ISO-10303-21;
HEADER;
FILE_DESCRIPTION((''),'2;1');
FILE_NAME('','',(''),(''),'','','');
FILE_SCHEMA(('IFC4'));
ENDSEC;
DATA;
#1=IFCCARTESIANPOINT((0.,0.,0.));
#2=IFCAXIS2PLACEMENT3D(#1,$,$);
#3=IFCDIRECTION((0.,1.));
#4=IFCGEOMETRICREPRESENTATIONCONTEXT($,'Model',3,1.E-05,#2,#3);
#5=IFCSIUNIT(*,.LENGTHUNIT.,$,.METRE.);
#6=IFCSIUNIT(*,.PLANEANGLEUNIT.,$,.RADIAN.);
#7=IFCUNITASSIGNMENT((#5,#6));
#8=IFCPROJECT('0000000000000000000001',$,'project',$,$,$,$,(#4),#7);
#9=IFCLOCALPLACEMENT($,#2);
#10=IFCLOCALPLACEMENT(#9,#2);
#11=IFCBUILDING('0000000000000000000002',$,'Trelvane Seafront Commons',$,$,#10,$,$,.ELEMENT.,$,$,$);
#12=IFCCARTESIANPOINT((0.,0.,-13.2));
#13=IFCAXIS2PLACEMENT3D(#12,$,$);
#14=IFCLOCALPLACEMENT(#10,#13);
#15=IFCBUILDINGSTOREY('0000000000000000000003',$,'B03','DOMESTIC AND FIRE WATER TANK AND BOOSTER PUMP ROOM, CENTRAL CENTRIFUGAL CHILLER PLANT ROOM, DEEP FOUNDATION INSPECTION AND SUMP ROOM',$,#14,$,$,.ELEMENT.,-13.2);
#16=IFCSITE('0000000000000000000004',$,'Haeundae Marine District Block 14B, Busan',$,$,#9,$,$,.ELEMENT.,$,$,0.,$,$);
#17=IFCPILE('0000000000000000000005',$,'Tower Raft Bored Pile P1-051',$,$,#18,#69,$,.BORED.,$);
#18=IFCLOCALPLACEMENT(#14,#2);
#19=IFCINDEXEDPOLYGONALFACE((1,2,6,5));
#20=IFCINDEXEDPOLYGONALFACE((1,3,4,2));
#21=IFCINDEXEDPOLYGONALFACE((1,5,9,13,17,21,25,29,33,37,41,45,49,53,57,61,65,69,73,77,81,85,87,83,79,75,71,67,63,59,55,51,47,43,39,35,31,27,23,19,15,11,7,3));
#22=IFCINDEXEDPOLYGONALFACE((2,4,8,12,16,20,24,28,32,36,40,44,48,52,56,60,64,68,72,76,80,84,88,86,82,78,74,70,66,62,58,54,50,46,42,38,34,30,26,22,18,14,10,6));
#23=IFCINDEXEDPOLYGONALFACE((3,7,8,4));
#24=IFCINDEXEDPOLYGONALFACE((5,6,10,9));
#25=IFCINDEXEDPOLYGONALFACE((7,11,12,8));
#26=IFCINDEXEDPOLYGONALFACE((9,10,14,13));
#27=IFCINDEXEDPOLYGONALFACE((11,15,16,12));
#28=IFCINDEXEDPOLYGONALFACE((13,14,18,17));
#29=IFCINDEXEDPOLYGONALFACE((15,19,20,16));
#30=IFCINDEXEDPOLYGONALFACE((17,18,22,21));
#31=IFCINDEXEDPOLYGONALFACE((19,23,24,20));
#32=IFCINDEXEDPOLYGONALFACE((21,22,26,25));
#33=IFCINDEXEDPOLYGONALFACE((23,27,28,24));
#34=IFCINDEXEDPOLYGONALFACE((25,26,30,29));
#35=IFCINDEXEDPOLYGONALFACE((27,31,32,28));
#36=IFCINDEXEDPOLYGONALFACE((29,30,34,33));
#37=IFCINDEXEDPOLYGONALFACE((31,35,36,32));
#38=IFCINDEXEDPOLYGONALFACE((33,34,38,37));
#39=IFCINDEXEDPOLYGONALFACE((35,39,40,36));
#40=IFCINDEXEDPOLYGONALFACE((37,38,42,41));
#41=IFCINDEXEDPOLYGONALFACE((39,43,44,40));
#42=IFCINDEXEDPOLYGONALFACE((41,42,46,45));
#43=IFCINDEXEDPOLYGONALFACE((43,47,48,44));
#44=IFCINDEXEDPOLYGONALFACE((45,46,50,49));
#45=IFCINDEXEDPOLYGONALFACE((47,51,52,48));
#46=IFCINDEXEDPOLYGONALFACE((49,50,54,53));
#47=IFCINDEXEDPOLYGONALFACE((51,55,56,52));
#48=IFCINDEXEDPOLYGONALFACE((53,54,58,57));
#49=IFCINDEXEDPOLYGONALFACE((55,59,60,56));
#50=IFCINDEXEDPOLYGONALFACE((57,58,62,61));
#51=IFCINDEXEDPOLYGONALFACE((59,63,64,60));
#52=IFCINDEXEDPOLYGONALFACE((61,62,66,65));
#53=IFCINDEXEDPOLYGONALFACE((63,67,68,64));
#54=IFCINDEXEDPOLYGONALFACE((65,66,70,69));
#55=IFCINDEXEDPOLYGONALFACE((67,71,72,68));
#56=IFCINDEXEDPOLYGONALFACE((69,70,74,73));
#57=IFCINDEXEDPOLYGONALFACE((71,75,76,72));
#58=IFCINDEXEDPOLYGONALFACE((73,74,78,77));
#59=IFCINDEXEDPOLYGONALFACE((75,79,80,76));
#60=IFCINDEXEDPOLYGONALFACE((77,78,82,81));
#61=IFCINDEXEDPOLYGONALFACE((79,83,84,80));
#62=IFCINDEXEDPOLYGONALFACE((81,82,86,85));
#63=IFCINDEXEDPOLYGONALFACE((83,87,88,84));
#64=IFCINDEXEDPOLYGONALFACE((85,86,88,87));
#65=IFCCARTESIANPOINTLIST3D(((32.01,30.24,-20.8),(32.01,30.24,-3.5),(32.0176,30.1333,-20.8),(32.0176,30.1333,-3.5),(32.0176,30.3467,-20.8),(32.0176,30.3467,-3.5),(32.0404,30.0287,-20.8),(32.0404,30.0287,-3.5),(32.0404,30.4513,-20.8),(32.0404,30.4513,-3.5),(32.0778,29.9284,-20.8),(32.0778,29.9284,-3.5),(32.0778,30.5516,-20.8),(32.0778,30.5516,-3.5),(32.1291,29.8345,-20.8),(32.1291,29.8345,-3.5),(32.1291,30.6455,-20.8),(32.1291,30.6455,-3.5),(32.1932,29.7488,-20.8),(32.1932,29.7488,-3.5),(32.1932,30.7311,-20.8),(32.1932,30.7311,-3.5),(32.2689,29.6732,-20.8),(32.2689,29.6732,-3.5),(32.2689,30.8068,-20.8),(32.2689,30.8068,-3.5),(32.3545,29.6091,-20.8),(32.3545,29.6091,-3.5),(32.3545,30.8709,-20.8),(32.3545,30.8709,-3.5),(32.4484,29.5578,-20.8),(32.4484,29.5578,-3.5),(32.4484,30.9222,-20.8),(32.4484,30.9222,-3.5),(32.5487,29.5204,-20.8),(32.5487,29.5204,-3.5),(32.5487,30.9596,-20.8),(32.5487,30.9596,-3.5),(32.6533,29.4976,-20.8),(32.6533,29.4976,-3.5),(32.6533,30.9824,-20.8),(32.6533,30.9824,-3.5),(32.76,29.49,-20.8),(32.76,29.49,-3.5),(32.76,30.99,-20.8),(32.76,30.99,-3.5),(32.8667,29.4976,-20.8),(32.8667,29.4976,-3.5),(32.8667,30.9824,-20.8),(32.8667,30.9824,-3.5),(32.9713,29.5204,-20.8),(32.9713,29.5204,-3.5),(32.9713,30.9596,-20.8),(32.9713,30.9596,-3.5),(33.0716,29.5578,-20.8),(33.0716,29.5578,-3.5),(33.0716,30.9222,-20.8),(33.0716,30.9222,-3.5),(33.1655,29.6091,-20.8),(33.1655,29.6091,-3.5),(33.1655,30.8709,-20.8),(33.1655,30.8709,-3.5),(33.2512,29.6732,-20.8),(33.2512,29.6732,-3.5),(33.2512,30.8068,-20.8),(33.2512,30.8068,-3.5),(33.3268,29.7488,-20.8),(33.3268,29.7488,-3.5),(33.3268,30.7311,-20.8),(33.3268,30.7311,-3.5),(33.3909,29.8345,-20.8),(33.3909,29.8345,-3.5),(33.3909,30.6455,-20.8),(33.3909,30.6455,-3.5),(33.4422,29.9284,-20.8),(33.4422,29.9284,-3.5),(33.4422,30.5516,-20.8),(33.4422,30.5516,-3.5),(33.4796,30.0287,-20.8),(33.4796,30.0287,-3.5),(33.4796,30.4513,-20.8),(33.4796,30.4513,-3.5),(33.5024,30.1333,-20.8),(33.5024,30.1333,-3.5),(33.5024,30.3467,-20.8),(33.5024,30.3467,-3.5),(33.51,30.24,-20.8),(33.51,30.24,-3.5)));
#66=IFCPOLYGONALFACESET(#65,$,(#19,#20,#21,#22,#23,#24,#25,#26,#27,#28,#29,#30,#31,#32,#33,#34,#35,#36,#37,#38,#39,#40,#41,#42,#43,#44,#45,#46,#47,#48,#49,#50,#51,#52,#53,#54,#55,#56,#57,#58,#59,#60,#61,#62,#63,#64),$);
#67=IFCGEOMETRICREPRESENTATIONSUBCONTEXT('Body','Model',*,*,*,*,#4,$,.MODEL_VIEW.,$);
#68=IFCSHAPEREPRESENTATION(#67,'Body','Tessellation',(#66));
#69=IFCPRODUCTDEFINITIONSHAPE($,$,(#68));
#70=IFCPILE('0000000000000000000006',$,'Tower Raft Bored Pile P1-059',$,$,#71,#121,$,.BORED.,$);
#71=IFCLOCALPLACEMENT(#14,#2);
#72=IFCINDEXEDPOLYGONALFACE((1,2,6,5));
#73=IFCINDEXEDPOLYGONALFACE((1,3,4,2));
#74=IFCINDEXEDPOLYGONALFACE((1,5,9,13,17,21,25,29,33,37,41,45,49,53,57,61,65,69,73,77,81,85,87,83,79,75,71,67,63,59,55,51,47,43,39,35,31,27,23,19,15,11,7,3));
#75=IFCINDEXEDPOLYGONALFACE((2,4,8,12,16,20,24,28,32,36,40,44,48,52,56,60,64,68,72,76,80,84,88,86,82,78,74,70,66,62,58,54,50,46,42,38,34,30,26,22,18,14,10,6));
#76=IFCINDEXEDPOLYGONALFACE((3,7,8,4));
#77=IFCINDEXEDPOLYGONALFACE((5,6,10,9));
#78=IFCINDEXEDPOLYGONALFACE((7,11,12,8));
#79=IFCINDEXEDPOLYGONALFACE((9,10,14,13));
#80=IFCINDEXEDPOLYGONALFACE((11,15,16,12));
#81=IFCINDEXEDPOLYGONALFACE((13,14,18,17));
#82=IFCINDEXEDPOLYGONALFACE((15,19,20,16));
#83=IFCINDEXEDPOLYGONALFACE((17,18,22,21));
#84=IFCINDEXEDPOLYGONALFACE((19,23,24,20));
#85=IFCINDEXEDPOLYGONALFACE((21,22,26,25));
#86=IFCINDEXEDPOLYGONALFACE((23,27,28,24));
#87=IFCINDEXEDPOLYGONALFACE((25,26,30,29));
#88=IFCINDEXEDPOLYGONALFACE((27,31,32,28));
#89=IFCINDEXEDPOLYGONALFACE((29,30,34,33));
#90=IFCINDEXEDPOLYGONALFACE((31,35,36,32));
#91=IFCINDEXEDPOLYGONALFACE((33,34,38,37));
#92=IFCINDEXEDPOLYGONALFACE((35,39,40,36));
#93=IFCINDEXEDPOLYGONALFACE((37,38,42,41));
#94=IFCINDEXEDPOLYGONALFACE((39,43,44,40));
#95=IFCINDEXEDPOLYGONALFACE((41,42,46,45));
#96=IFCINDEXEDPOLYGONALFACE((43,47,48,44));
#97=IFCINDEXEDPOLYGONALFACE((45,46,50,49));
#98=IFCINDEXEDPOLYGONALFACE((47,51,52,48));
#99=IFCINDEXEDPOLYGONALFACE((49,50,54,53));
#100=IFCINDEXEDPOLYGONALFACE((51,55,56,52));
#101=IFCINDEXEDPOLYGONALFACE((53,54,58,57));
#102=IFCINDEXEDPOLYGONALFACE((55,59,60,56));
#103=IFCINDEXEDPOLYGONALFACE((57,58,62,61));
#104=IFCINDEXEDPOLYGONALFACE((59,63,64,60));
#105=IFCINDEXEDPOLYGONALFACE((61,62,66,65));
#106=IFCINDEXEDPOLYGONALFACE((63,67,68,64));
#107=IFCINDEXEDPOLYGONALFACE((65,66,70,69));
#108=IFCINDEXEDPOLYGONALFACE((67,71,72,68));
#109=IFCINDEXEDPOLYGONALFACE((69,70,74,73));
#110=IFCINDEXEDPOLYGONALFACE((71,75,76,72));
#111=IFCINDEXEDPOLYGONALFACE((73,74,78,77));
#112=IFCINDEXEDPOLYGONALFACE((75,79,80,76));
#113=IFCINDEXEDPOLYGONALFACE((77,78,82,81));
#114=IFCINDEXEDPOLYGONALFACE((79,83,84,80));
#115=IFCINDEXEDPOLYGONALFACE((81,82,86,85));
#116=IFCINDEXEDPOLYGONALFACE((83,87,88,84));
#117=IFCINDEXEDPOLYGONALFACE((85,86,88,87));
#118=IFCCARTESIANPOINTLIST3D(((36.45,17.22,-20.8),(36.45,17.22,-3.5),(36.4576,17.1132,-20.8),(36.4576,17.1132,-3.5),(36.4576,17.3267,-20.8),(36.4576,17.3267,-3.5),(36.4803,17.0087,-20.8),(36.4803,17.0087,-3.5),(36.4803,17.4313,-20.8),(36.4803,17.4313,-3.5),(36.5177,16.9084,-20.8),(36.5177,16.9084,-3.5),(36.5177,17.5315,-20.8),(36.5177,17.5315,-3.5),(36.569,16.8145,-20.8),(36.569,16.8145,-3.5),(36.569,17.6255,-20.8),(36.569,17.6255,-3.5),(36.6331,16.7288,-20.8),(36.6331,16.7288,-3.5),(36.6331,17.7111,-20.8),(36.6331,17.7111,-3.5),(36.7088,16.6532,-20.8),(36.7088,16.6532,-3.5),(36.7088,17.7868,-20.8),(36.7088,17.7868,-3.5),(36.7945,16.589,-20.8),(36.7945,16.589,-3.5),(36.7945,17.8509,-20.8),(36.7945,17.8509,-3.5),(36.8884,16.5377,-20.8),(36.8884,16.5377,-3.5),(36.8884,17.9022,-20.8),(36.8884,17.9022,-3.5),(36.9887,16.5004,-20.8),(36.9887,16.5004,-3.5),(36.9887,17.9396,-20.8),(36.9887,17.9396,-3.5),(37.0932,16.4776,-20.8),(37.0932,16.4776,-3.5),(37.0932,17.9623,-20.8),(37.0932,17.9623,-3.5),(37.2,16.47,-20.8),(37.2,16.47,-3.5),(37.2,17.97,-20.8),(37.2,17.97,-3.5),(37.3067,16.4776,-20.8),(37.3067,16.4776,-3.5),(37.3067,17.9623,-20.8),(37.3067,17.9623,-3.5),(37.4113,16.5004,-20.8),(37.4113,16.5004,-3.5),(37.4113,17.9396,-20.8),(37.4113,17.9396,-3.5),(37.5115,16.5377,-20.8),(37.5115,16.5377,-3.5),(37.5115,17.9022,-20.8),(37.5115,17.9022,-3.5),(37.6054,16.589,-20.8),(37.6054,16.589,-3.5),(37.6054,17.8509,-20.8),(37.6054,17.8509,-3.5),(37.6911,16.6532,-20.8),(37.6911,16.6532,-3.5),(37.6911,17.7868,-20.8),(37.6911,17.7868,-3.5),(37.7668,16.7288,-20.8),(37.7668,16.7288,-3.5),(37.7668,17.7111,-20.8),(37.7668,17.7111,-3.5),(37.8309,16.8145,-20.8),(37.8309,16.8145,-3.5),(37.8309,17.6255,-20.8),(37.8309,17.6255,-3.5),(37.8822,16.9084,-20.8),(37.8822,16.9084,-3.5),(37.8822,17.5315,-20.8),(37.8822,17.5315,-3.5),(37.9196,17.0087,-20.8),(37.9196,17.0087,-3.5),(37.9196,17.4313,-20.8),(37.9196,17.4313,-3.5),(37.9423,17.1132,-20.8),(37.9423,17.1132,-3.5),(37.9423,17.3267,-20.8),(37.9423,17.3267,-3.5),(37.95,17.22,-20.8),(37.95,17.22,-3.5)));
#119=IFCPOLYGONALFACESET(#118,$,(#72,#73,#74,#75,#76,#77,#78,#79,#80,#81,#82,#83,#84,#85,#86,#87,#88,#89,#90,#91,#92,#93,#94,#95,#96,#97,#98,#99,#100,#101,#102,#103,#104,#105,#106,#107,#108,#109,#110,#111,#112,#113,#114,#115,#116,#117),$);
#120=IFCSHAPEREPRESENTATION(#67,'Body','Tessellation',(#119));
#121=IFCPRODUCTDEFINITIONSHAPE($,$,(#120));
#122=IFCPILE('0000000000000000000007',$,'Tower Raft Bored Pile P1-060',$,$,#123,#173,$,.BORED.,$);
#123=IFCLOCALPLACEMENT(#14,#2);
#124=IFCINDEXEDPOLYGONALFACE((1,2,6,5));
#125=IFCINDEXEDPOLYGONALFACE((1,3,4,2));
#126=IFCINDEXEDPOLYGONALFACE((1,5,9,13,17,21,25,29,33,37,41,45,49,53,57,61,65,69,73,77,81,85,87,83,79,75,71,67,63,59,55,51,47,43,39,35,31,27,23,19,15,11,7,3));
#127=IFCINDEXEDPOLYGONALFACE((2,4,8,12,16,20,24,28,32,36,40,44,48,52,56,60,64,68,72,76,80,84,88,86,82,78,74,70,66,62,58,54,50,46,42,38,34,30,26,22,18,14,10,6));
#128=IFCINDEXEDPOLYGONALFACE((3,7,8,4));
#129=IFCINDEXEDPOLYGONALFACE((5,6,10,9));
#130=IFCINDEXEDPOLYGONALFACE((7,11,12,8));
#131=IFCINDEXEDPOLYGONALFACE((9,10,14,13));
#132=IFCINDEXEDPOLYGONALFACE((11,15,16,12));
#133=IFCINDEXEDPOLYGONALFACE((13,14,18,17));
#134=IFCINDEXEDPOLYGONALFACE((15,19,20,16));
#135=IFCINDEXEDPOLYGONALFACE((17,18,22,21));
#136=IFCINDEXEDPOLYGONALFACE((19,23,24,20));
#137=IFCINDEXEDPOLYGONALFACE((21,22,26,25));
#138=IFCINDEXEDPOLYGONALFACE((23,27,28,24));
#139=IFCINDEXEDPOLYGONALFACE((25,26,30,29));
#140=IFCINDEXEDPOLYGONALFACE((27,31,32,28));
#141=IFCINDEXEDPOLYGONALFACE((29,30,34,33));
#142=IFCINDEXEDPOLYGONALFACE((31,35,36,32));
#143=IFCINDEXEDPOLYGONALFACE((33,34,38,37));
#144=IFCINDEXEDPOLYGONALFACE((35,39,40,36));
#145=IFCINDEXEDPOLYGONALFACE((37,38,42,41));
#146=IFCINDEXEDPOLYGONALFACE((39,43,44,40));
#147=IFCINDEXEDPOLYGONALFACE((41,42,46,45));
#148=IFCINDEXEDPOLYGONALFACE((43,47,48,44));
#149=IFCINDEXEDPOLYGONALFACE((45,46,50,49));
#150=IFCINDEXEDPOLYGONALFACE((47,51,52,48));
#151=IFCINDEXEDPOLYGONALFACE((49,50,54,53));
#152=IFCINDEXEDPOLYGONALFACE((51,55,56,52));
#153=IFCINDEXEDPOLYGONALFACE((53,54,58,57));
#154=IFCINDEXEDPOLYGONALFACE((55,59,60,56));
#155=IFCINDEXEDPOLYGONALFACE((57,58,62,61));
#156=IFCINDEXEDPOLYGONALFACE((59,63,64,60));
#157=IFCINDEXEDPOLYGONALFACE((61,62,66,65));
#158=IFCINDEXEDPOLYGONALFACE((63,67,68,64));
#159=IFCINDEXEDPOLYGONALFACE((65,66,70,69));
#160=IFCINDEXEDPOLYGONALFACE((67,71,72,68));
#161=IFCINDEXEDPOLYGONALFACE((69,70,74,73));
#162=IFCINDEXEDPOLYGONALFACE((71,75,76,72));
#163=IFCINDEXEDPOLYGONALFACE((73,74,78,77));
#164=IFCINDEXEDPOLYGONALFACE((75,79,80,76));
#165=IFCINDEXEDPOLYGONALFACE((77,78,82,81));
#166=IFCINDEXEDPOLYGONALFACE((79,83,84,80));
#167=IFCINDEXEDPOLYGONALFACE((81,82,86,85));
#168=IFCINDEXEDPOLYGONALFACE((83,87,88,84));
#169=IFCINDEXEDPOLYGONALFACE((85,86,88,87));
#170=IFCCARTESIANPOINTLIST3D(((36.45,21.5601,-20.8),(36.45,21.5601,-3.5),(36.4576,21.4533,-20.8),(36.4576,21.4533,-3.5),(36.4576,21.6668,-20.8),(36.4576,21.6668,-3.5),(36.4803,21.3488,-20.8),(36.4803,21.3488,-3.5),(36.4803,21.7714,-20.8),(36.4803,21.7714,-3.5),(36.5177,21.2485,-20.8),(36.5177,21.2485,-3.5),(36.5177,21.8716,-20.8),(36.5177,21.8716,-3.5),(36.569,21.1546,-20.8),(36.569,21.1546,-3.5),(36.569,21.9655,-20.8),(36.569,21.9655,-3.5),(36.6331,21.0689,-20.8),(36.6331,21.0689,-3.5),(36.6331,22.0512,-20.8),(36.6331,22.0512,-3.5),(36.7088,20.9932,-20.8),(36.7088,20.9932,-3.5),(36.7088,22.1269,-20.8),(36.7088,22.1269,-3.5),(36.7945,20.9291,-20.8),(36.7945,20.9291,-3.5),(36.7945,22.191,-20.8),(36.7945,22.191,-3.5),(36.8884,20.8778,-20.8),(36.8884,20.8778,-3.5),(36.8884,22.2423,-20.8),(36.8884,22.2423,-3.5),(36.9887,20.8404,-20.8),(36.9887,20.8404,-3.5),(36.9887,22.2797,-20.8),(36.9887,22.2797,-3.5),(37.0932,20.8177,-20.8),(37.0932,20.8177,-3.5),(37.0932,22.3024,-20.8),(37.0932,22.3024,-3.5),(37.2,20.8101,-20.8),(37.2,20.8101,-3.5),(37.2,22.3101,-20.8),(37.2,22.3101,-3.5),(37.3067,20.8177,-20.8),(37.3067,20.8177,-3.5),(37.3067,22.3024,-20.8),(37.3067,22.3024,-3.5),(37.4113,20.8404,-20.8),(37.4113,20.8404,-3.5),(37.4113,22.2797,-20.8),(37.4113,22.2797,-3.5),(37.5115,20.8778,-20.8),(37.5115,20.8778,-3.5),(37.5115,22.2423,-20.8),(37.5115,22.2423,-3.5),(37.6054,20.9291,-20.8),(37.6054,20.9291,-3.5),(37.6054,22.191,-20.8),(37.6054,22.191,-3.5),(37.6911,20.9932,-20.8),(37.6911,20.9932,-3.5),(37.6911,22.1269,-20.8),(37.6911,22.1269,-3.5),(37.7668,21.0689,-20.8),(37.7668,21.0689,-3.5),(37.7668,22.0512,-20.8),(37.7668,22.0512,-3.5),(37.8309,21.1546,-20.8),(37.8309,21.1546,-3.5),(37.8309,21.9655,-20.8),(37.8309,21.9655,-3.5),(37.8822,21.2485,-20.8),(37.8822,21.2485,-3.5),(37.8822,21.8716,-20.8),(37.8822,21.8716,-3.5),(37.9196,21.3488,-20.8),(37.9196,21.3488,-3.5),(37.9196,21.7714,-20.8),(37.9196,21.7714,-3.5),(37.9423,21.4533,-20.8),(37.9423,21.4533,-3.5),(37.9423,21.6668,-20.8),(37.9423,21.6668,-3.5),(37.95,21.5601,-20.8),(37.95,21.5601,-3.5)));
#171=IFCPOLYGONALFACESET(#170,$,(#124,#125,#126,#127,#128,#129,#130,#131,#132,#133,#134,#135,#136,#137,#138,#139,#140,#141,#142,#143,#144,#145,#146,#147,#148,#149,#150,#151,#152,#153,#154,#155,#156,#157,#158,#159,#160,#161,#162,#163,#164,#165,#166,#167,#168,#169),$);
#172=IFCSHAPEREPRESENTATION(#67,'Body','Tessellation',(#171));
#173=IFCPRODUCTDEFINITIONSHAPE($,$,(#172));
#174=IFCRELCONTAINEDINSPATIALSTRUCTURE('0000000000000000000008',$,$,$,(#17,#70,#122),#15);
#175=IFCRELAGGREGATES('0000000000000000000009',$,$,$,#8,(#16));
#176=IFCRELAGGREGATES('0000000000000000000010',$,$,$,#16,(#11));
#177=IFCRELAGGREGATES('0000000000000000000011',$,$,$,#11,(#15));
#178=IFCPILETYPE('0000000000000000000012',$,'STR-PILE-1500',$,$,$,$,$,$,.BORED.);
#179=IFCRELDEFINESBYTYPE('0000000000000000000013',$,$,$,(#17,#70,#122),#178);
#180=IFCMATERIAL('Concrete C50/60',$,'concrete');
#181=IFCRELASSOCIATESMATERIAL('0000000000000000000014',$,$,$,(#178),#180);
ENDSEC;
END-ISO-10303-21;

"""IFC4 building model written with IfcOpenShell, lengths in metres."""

from ifc_helpers import new_model, si_unit, direction, frame, origin, origin_2d, place, context, subcontext, project, spatial, circle, extrude, source, transform, mapped, material, material_profile, profile_set, type_object, element, save


model = new_model("IFC4")

# Units and contexts
model_context = context("Model", 3, precision=1e-05, world=origin(), true_north=direction((0.0, 1.0)))
body_context = subcontext(model_context, "Body", "Model", "MODEL_VIEW")
ifc_project = project(units=[si_unit("LENGTHUNIT", "METRE"), si_unit("PLANEANGLEUNIT", "RADIAN")], contexts=[model_context])

# Site, building, storey
site_placement = place(None, origin())
site = spatial("IfcSite", under=ifc_project, at=site_placement, Name="Haeundae Marine District Block 14B, Busan", CompositionType="ELEMENT", RefElevation=0.0)
building_placement = place(site_placement, origin())
building = spatial("IfcBuilding", under=site, at=building_placement, Name="Trelvane Seafront Commons", CompositionType="ELEMENT")
storey_placement = place(building_placement, frame((0.0, 0.0, -13.2)))
storey = spatial("IfcBuildingStorey", under=building, at=storey_placement, Name="B03", Description="DOMESTIC AND FIRE WATER TANK AND BOOSTER PUMP ROOM, CENTRAL CENTRIFUGAL CHILLER PLANT ROOM, DEEP FOUNDATION INSPECTION AND SUMP ROOM", CompositionType="ELEMENT", Elevation=-13.2)

# Piles
ifc_material_1 = material(Name="Concrete C50/60", Category="concrete")
ifc_material_profile_1 = material_profile(ifc_material_1, circle(Radius=0.75, at=origin_2d()), Name="PILE-1500")
ifc_profile_set_1 = profile_set([ifc_material_profile_1], Name="Concrete C50/60")
pile_type = type_object("IfcPileType", Name="STR-PILE-1500", PredefinedType="BORED", material=ifc_profile_set_1)
shared_shape_1 = source(origin(), body_context, "Body", "SweptSolid", [
    extrude(circle(Radius=0.75, at=origin_2d()), origin(), (0.0, 0.0, 1.0), 17.3),
])
for number, where, z_axis, x_axis, name in (
    (1, (32.76, 30.24, -3.5), (0.0, 0.0, -1.0), (1.0, 0.0, 0.0), "Tower Raft Bored Pile P1-051"),
    (2, (37.2, 17.22, -3.5), (0.0, 0.0, -1.0), (1.0, 0.0, 0.0), "Tower Raft Bored Pile P1-059"),
    (3, (37.2, 21.5601, -3.5), (0.0, 0.0, -1.0), (1.0, 0.0, 0.0), "Tower Raft Bored Pile P1-060"),
):
    element("IfcPile", number, at=place(storey_placement, frame(where, z_axis=z_axis, x_axis=x_axis)), inside=storey, type_object=pile_type, Name=name, PredefinedType="BORED", context=body_context, shape_type="MappedRepresentation", body=[
        mapped(shared_shape_1, transform((0.0, 0.0, 0.0), x_axis=(1.0, 0.0, 0.0), y_axis=(0.0, 1.0, 0.0), z_axis=(0.0, 0.0, 1.0), scale=1.0)),
    ])

save(model, "model.ifc")
